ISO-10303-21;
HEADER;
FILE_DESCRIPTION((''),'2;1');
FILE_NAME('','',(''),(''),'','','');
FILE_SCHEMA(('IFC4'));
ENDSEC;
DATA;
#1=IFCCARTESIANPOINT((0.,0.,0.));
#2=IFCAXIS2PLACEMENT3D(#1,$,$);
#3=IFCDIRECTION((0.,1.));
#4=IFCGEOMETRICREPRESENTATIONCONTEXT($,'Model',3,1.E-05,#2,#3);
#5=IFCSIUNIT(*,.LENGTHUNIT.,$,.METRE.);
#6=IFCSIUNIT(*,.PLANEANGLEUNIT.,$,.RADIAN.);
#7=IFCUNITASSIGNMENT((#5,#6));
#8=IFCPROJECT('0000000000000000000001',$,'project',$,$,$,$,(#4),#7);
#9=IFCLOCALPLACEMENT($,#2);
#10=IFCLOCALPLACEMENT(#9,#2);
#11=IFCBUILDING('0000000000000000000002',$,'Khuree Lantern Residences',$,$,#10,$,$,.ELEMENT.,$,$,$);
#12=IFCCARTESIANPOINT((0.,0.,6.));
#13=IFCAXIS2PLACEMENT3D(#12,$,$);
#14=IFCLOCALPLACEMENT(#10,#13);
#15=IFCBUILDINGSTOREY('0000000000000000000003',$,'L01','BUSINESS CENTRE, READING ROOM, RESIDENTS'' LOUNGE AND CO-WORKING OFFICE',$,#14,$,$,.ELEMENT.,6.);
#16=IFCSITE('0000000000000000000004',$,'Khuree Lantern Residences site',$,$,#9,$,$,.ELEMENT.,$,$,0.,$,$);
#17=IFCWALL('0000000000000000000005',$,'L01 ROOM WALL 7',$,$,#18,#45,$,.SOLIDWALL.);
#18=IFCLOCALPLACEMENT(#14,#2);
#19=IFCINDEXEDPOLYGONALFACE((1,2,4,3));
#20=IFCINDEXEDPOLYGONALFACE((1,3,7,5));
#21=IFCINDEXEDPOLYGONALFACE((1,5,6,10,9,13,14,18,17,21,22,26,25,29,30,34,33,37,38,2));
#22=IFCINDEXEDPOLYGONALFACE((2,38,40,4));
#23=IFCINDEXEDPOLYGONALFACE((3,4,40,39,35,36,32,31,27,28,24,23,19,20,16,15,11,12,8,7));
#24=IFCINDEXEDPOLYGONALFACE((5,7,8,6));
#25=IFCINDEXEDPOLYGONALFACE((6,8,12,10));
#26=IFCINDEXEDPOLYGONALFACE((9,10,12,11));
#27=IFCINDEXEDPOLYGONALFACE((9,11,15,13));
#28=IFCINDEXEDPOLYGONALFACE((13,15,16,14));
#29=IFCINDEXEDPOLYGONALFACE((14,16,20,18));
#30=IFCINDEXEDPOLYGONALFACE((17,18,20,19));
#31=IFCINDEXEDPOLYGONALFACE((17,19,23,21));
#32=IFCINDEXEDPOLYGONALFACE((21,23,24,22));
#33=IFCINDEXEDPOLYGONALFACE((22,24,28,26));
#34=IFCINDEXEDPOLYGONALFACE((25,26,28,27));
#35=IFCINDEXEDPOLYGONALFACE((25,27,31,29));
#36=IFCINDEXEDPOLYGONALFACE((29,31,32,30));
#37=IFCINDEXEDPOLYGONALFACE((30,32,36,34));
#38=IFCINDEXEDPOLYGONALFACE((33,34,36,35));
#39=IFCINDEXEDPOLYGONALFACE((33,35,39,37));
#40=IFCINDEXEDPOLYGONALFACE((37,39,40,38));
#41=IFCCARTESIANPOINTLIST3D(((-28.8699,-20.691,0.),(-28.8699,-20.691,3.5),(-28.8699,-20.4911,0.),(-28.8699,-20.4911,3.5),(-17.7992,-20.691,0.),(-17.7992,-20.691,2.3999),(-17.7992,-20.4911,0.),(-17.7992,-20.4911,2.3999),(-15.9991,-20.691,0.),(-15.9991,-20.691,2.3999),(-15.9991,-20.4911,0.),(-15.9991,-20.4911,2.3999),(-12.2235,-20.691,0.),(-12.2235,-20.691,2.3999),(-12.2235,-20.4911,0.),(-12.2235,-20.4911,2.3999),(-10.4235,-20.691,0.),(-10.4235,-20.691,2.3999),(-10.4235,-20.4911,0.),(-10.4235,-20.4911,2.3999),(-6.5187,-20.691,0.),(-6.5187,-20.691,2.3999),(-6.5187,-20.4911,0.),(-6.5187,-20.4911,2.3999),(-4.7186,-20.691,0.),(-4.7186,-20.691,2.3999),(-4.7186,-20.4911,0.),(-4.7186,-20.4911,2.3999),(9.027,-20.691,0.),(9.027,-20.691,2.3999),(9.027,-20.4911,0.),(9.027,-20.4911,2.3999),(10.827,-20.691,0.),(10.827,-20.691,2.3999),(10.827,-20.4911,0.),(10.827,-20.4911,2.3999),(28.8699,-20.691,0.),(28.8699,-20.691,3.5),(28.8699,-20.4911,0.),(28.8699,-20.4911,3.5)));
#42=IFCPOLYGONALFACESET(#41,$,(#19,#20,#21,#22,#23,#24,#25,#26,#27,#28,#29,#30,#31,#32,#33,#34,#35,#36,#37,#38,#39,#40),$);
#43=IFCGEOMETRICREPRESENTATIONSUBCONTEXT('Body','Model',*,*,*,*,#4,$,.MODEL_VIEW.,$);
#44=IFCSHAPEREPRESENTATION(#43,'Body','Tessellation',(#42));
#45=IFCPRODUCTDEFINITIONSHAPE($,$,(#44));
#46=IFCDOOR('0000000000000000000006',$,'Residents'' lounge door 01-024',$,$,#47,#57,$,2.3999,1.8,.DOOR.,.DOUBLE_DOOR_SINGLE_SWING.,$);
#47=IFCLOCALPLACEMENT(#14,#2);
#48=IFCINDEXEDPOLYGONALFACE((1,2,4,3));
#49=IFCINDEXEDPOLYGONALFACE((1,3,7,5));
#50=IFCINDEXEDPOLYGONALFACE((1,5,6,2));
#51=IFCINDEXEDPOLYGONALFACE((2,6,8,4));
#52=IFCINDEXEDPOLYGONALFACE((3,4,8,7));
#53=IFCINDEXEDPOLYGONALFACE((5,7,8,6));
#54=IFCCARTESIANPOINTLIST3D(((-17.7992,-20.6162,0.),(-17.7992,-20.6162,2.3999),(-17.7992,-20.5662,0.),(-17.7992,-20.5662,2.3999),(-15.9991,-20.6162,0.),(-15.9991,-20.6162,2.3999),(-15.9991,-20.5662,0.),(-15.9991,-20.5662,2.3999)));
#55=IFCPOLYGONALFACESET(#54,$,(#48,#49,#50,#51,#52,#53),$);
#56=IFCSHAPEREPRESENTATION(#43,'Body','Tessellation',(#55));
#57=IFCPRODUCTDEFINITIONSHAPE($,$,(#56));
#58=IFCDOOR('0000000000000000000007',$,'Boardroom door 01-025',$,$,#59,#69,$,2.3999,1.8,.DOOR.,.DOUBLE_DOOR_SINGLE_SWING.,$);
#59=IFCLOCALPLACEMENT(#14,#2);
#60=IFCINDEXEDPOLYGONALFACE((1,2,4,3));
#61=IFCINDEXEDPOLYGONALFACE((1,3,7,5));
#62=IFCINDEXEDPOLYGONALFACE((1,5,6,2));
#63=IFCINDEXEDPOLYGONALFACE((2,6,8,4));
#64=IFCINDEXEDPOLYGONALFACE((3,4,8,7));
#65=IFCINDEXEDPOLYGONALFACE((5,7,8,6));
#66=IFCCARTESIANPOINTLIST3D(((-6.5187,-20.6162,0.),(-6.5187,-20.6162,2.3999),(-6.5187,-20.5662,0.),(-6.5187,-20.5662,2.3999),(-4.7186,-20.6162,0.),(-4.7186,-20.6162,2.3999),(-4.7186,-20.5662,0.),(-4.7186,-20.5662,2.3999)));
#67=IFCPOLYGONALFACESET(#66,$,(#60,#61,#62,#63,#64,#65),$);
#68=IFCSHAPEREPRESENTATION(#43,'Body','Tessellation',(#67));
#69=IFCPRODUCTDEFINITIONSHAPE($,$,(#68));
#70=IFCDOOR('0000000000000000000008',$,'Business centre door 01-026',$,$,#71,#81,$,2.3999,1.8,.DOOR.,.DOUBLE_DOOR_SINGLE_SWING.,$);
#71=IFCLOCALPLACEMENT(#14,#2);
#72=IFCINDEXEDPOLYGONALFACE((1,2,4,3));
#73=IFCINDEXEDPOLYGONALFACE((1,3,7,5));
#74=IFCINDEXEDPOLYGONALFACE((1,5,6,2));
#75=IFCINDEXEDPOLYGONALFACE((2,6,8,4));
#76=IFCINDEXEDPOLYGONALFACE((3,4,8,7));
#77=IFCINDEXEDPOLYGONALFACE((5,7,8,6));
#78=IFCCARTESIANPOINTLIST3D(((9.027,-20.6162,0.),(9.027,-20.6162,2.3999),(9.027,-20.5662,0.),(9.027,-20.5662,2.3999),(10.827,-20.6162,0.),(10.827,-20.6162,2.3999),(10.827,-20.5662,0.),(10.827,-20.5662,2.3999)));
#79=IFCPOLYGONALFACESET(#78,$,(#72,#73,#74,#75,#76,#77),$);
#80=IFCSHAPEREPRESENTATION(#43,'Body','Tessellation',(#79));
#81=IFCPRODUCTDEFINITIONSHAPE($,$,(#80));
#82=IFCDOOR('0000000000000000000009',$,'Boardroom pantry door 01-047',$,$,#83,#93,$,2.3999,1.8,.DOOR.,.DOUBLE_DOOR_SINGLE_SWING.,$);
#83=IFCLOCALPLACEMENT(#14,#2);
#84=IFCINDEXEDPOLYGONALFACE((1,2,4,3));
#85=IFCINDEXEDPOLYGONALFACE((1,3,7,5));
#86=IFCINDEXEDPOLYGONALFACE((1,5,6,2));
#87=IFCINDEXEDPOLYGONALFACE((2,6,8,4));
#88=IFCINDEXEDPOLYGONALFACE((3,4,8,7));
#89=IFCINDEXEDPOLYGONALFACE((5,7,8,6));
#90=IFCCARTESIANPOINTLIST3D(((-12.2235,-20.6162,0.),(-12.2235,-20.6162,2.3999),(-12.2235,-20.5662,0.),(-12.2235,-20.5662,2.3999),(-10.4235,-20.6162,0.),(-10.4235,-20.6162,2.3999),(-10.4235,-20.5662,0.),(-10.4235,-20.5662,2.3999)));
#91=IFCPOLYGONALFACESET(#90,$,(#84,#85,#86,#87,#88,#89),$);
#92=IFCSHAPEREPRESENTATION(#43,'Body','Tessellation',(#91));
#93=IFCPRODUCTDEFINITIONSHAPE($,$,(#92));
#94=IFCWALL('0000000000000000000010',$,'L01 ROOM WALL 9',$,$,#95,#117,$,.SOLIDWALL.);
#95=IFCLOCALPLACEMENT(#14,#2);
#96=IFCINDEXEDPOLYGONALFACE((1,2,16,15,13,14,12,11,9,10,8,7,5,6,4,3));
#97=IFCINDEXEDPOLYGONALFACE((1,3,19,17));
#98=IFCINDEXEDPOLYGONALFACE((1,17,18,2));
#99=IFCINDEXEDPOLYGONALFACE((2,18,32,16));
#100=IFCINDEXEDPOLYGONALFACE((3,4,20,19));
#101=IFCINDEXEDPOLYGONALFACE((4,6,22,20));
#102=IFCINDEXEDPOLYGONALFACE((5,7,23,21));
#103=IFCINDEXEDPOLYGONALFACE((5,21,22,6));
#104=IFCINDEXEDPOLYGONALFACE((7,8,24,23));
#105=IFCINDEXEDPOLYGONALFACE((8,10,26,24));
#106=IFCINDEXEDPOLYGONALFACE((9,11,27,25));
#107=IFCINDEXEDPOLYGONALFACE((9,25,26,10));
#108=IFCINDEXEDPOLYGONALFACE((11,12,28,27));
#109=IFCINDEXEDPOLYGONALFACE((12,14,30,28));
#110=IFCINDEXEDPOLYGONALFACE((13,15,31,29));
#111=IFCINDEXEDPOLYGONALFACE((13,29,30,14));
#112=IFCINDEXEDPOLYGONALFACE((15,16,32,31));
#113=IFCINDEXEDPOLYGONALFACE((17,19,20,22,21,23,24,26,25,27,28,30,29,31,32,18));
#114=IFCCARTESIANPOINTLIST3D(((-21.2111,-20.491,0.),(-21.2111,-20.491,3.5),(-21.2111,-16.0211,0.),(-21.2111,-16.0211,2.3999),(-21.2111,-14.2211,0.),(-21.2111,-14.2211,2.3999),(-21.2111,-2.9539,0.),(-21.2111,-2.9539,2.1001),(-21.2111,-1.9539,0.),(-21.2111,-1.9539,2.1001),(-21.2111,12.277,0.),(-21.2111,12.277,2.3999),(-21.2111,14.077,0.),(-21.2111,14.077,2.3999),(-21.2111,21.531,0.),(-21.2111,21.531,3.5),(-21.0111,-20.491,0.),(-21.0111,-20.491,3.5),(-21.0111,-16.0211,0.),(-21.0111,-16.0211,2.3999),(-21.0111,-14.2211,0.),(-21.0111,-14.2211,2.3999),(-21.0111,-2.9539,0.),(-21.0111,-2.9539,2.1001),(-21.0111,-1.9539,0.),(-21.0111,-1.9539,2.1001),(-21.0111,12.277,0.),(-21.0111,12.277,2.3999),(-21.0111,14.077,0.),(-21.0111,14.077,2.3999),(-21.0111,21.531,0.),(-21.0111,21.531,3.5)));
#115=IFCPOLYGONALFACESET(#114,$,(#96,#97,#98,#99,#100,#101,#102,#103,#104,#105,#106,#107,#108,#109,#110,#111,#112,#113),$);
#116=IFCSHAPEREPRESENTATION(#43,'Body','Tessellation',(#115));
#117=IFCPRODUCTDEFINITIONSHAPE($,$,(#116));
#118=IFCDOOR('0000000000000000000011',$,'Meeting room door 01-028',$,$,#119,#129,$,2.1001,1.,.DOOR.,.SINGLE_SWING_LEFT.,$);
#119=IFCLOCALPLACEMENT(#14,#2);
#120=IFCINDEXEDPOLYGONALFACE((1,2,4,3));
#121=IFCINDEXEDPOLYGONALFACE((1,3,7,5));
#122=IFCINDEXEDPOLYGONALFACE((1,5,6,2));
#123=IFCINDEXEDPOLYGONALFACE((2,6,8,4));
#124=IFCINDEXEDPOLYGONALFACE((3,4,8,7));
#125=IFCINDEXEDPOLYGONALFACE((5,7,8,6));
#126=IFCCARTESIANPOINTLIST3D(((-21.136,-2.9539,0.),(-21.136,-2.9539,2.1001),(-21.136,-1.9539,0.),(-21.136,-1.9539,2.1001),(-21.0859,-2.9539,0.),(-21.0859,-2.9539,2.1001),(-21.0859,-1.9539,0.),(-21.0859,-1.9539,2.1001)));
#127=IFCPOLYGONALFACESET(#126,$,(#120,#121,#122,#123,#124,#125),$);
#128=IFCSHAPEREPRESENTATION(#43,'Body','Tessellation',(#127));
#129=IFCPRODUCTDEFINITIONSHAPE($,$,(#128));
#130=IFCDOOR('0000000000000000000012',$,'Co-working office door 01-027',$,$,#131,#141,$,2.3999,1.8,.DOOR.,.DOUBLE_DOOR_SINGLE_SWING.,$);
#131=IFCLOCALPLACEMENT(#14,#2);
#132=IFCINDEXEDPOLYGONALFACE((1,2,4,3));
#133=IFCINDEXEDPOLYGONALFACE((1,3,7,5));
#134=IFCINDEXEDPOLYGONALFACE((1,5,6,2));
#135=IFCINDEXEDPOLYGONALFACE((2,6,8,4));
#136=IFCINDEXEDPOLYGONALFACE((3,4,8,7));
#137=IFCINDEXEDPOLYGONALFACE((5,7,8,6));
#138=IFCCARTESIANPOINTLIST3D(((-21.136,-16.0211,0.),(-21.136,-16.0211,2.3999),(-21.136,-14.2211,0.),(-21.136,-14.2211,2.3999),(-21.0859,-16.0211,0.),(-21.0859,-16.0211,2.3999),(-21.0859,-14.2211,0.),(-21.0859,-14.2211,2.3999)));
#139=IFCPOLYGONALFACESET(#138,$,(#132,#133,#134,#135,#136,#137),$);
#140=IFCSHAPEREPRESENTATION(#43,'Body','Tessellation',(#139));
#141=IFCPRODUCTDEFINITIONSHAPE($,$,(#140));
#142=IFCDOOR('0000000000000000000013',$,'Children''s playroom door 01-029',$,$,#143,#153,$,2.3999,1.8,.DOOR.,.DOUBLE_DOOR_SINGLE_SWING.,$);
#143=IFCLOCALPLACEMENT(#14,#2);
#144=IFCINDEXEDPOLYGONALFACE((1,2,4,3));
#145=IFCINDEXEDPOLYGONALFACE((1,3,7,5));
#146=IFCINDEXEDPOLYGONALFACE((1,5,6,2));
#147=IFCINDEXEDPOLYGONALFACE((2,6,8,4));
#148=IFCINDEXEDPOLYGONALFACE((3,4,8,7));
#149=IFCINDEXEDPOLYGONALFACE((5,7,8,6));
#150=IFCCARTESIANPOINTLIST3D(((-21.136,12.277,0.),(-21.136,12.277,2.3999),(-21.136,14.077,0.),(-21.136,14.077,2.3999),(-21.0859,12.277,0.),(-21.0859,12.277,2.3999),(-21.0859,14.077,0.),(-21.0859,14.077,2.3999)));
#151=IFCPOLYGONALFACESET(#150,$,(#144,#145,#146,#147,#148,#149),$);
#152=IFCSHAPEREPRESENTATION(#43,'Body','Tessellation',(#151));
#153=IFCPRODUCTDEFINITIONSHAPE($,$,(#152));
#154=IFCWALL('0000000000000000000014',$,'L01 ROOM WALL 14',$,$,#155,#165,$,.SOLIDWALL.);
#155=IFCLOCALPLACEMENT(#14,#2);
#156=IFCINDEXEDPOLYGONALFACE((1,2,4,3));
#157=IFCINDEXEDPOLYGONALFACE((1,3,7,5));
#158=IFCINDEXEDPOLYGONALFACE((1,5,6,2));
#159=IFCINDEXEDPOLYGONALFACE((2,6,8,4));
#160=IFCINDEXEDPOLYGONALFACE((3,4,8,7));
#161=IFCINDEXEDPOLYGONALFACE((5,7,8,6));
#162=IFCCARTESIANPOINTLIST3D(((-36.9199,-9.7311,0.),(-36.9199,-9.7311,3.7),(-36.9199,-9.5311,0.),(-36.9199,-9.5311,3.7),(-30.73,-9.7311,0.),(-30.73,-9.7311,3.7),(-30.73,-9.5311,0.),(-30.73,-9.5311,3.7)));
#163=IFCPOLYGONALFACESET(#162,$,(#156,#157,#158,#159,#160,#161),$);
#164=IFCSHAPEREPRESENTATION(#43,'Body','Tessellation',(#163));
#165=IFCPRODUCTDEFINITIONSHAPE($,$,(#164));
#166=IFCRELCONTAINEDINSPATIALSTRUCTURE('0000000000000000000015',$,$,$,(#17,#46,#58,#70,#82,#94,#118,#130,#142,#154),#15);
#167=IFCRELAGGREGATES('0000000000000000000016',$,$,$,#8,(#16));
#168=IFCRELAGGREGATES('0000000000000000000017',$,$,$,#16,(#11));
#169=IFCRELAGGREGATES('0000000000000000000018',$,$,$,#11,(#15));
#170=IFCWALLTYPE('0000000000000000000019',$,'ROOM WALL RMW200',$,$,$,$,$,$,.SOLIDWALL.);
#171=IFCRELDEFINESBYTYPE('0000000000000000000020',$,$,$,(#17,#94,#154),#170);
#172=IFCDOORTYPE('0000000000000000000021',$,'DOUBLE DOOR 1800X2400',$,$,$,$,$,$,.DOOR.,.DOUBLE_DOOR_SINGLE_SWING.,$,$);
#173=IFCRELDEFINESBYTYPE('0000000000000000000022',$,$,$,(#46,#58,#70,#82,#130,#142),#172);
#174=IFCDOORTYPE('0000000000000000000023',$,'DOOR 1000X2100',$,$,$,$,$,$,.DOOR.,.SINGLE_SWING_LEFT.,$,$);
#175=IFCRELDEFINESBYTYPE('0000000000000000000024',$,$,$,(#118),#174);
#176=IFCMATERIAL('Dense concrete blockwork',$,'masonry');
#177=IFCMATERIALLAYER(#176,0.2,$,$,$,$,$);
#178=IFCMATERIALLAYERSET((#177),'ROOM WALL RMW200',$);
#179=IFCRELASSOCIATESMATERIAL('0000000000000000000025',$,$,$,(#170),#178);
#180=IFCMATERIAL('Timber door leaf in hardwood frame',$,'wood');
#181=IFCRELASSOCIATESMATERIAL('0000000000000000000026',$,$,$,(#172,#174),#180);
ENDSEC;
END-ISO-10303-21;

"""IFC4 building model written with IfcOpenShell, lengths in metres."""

from ifc_helpers import new_model, si_unit, direction, frame, frame_2d, origin, place, context, subcontext, project, spatial, rectangle, extrude, material, layer, layer_set, type_object, element, fill, save


model = new_model("IFC4")

# Units and contexts
model_context = context("Model", 3, precision=1e-05, world=origin(), true_north=direction((0.0, 1.0)))
body_context = subcontext(model_context, "Body", "Model", "MODEL_VIEW")
ifc_project = project(units=[si_unit("LENGTHUNIT", "METRE"), si_unit("PLANEANGLEUNIT", "RADIAN")], contexts=[model_context])

# Site, building, storey
site_placement = place(None, origin())
site = spatial("IfcSite", under=ifc_project, at=site_placement, Name="Khuree Lantern Residences site", CompositionType="ELEMENT", RefElevation=0.0)
building_placement = place(site_placement, origin())
building = spatial("IfcBuilding", under=site, at=building_placement, Name="Khuree Lantern Residences", CompositionType="ELEMENT")
storey_placement = place(building_placement, frame((0.0, 0.0, 6.0)))
storey = spatial("IfcBuildingStorey", under=building, at=storey_placement, Name="L01", Description="BUSINESS CENTRE, READING ROOM, RESIDENTS' LOUNGE AND CO-WORKING OFFICE", CompositionType="ELEMENT", Elevation=6.0)

# Shared definitions
ifc_material_1 = material(Name="Dense concrete blockwork", Category="masonry")
ifc_layer_1 = layer(ifc_material_1, 0.2)
ifc_layer_set_1 = layer_set([ifc_layer_1], Name="ROOM WALL RMW200")
wall_type_1 = type_object("IfcWallType", Name="ROOM WALL RMW200", PredefinedType="SOLIDWALL", material=ifc_layer_set_1)

# Walls, openings, doors
wall_1_placement = place(storey_placement, frame((-28.8699, -20.5911, 0.0), z_axis=(0.0, 0.0, 1.0), x_axis=(1.0, 0.0, 0.0)))
wall_1 = element("IfcWall", 1, at=wall_1_placement, inside=storey, type_object=wall_type_1, Name="L01 ROOM WALL 7", PredefinedType="SOLIDWALL", context=body_context, shape_type="SweptSolid", body=[
    extrude(rectangle(XDim=57.7397, YDim=0.2, at=frame_2d((28.8699, 0.0))), origin(), (0.0, 0.0, 1.0), 3.5),
])
opening_1_placement = place(wall_1_placement, frame((11.0708, 0.0, 0.0)))
opening_1 = element("IfcOpeningElement", 2, at=opening_1_placement, cuts=wall_1, PredefinedType="OPENING", context=body_context, shape_type="SweptSolid", body=[
    extrude(rectangle(XDim=1.8, YDim=2.3999, at=frame_2d((0.8999, 1.2))), frame((0.0, 0.1099, 0.0), z_axis=(0.0, -1.0, 0.0), x_axis=(1.0, 0.0, 0.0)), (0.0, 0.0, 1.0), 0.22),
])
opening_2_placement = place(wall_1_placement, frame((22.3513, 0.0, 0.0)))
opening_2 = element("IfcOpeningElement", 3, at=opening_2_placement, cuts=wall_1, PredefinedType="OPENING", context=body_context, shape_type="SweptSolid", body=[
    extrude(rectangle(XDim=1.8, YDim=2.3999, at=frame_2d((0.8999, 1.2))), frame((0.0, 0.1099, 0.0), z_axis=(0.0, -1.0, 0.0), x_axis=(1.0, 0.0, 0.0)), (0.0, 0.0, 1.0), 0.22),
])
opening_3_placement = place(wall_1_placement, frame((37.897, 0.0, 0.0)))
opening_3 = element("IfcOpeningElement", 4, at=opening_3_placement, cuts=wall_1, PredefinedType="OPENING", context=body_context, shape_type="SweptSolid", body=[
    extrude(rectangle(XDim=1.8, YDim=2.3999, at=frame_2d((0.8999, 1.2))), frame((0.0, 0.1099, 0.0), z_axis=(0.0, -1.0, 0.0), x_axis=(1.0, 0.0, 0.0)), (0.0, 0.0, 1.0), 0.22),
])
opening_4_placement = place(wall_1_placement, frame((16.6465, 0.0, 0.0)))
opening_4 = element("IfcOpeningElement", 5, at=opening_4_placement, cuts=wall_1, PredefinedType="OPENING", context=body_context, shape_type="SweptSolid", body=[
    extrude(rectangle(XDim=1.8, YDim=2.3999, at=frame_2d((0.8999, 1.2))), frame((0.0, 0.1099, 0.0), z_axis=(0.0, -1.0, 0.0), x_axis=(1.0, 0.0, 0.0)), (0.0, 0.0, 1.0), 0.22),
])
ifc_material_2 = material(Name="Timber door leaf in hardwood frame", Category="wood")
door_type_1 = type_object("IfcDoorType", Name="DOUBLE DOOR 1800X2400", OperationType="DOUBLE_DOOR_SINGLE_SWING", PredefinedType="DOOR", material=ifc_material_2)
door_1_placement = place(opening_1_placement, origin())
door_1 = element("IfcDoor", 6, at=door_1_placement, inside=storey, type_object=door_type_1, Name="Residents' lounge door 01-024", OperationType="DOUBLE_DOOR_SINGLE_SWING", OverallHeight=2.3999, OverallWidth=1.8, PredefinedType="DOOR", context=body_context, shape_type="SweptSolid", body=[
    extrude(rectangle(XDim=1.8, YDim=2.3999, at=frame_2d((0.8999, 1.2))), frame((0.0, 0.0249, 0.0), z_axis=(0.0, -1.0, 0.0), x_axis=(1.0, 0.0, 0.0)), (0.0, 0.0, 1.0), 0.05),
])
fill(opening_1, door_1)
door_2_placement = place(opening_2_placement, origin())
door_2 = element("IfcDoor", 7, at=door_2_placement, inside=storey, type_object=door_type_1, Name="Boardroom door 01-025", OperationType="DOUBLE_DOOR_SINGLE_SWING", OverallHeight=2.3999, OverallWidth=1.8, PredefinedType="DOOR", context=body_context, shape_type="SweptSolid", body=[
    extrude(rectangle(XDim=1.8, YDim=2.3999, at=frame_2d((0.8999, 1.2))), frame((0.0, 0.0249, 0.0), z_axis=(0.0, -1.0, 0.0), x_axis=(1.0, 0.0, 0.0)), (0.0, 0.0, 1.0), 0.05),
])
fill(opening_2, door_2)
door_3_placement = place(opening_3_placement, origin())
door_3 = element("IfcDoor", 8, at=door_3_placement, inside=storey, type_object=door_type_1, Name="Business centre door 01-026", OperationType="DOUBLE_DOOR_SINGLE_SWING", OverallHeight=2.3999, OverallWidth=1.8, PredefinedType="DOOR", context=body_context, shape_type="SweptSolid", body=[
    extrude(rectangle(XDim=1.8, YDim=2.3999, at=frame_2d((0.8999, 1.2))), frame((0.0, 0.0249, 0.0), z_axis=(0.0, -1.0, 0.0), x_axis=(1.0, 0.0, 0.0)), (0.0, 0.0, 1.0), 0.05),
])
fill(opening_3, door_3)
door_4_placement = place(opening_4_placement, origin())
door_4 = element("IfcDoor", 9, at=door_4_placement, inside=storey, type_object=door_type_1, Name="Boardroom pantry door 01-047", OperationType="DOUBLE_DOOR_SINGLE_SWING", OverallHeight=2.3999, OverallWidth=1.8, PredefinedType="DOOR", context=body_context, shape_type="SweptSolid", body=[
    extrude(rectangle(XDim=1.8, YDim=2.3999, at=frame_2d((0.8999, 1.2))), frame((0.0, 0.0249, 0.0), z_axis=(0.0, -1.0, 0.0), x_axis=(1.0, 0.0, 0.0)), (0.0, 0.0, 1.0), 0.05),
])
fill(opening_4, door_4)
wall_2_placement = place(storey_placement, frame((-21.1111, -20.491, 0.0), z_axis=(0.0, 0.0, 1.0), x_axis=(0.0, 1.0, 0.0)))
wall_2 = element("IfcWall", 10, at=wall_2_placement, inside=storey, type_object=wall_type_1, Name="L01 ROOM WALL 9", PredefinedType="SOLIDWALL", context=body_context, shape_type="SweptSolid", body=[
    extrude(rectangle(XDim=42.022, YDim=0.2, at=frame_2d((21.011, 0.0))), origin(), (0.0, 0.0, 1.0), 3.5),
])
opening_5_placement = place(wall_2_placement, frame((4.47, 0.0, 0.0)))
opening_5 = element("IfcOpeningElement", 11, at=opening_5_placement, cuts=wall_2, PredefinedType="OPENING", context=body_context, shape_type="SweptSolid", body=[
    extrude(rectangle(XDim=1.8, YDim=2.3999, at=frame_2d((0.8999, 1.2))), frame((0.0, 0.1099, 0.0), z_axis=(0.0, -1.0, 0.0), x_axis=(1.0, 0.0, 0.0)), (0.0, 0.0, 1.0), 0.22),
])
opening_6_placement = place(wall_2_placement, frame((17.5371, 0.0, 0.0)))
opening_6 = element("IfcOpeningElement", 12, at=opening_6_placement, cuts=wall_2, PredefinedType="OPENING", context=body_context, shape_type="SweptSolid", body=[
    extrude(rectangle(XDim=1.0, YDim=2.1001, at=frame_2d((0.5, 1.05))), frame((0.0, 0.1099, 0.0), z_axis=(0.0, -1.0, 0.0), x_axis=(1.0, 0.0, 0.0)), (0.0, 0.0, 1.0), 0.22),
])
opening_7_placement = place(wall_2_placement, frame((32.7681, 0.0, 0.0)))
opening_7 = element("IfcOpeningElement", 13, at=opening_7_placement, cuts=wall_2, PredefinedType="OPENING", context=body_context, shape_type="SweptSolid", body=[
    extrude(rectangle(XDim=1.8, YDim=2.3999, at=frame_2d((0.8999, 1.2))), frame((0.0, 0.1099, 0.0), z_axis=(0.0, -1.0, 0.0), x_axis=(1.0, 0.0, 0.0)), (0.0, 0.0, 1.0), 0.22),
])
door_type_2 = type_object("IfcDoorType", Name="DOOR 1000X2100", OperationType="SINGLE_SWING_LEFT", PredefinedType="DOOR", material=ifc_material_2)
door_5_placement = place(opening_6_placement, origin())
door_5 = element("IfcDoor", 14, at=door_5_placement, inside=storey, type_object=door_type_2, Name="Meeting room door 01-028", OperationType="SINGLE_SWING_LEFT", OverallHeight=2.1001, OverallWidth=1.0, PredefinedType="DOOR", context=body_context, shape_type="SweptSolid", body=[
    extrude(rectangle(XDim=1.0, YDim=2.1001, at=frame_2d((0.5, 1.05))), frame((0.0, 0.0249, 0.0), z_axis=(0.0, -1.0, 0.0), x_axis=(1.0, 0.0, 0.0)), (0.0, 0.0, 1.0), 0.05),
])
fill(opening_6, door_5)
door_6_placement = place(opening_5_placement, origin())
door_6 = element("IfcDoor", 15, at=door_6_placement, inside=storey, type_object=door_type_1, Name="Co-working office door 01-027", OperationType="DOUBLE_DOOR_SINGLE_SWING", OverallHeight=2.3999, OverallWidth=1.8, PredefinedType="DOOR", context=body_context, shape_type="SweptSolid", body=[
    extrude(rectangle(XDim=1.8, YDim=2.3999, at=frame_2d((0.8999, 1.2))), frame((0.0, 0.0249, 0.0), z_axis=(0.0, -1.0, 0.0), x_axis=(1.0, 0.0, 0.0)), (0.0, 0.0, 1.0), 0.05),
])
fill(opening_5, door_6)
door_7_placement = place(opening_7_placement, origin())
door_7 = element("IfcDoor", 16, at=door_7_placement, inside=storey, type_object=door_type_1, Name="Children's playroom door 01-029", OperationType="DOUBLE_DOOR_SINGLE_SWING", OverallHeight=2.3999, OverallWidth=1.8, PredefinedType="DOOR", context=body_context, shape_type="SweptSolid", body=[
    extrude(rectangle(XDim=1.8, YDim=2.3999, at=frame_2d((0.8999, 1.2))), frame((0.0, 0.0249, 0.0), z_axis=(0.0, -1.0, 0.0), x_axis=(1.0, 0.0, 0.0)), (0.0, 0.0, 1.0), 0.05),
])
fill(opening_7, door_7)

# Wall
wall_3_placement = place(storey_placement, frame((-36.9199, -9.6311, 0.0), z_axis=(0.0, 0.0, 1.0), x_axis=(1.0, 0.0, 0.0)))
element("IfcWall", 17, at=wall_3_placement, inside=storey, type_object=wall_type_1, Name="L01 ROOM WALL 14", PredefinedType="SOLIDWALL", context=body_context, shape_type="SweptSolid", body=[
    extrude(rectangle(XDim=6.1899, YDim=0.2, at=frame_2d((3.095, 0.0))), origin(), (0.0, 0.0, 1.0), 3.7),
])

save(model, "model.ifc")
